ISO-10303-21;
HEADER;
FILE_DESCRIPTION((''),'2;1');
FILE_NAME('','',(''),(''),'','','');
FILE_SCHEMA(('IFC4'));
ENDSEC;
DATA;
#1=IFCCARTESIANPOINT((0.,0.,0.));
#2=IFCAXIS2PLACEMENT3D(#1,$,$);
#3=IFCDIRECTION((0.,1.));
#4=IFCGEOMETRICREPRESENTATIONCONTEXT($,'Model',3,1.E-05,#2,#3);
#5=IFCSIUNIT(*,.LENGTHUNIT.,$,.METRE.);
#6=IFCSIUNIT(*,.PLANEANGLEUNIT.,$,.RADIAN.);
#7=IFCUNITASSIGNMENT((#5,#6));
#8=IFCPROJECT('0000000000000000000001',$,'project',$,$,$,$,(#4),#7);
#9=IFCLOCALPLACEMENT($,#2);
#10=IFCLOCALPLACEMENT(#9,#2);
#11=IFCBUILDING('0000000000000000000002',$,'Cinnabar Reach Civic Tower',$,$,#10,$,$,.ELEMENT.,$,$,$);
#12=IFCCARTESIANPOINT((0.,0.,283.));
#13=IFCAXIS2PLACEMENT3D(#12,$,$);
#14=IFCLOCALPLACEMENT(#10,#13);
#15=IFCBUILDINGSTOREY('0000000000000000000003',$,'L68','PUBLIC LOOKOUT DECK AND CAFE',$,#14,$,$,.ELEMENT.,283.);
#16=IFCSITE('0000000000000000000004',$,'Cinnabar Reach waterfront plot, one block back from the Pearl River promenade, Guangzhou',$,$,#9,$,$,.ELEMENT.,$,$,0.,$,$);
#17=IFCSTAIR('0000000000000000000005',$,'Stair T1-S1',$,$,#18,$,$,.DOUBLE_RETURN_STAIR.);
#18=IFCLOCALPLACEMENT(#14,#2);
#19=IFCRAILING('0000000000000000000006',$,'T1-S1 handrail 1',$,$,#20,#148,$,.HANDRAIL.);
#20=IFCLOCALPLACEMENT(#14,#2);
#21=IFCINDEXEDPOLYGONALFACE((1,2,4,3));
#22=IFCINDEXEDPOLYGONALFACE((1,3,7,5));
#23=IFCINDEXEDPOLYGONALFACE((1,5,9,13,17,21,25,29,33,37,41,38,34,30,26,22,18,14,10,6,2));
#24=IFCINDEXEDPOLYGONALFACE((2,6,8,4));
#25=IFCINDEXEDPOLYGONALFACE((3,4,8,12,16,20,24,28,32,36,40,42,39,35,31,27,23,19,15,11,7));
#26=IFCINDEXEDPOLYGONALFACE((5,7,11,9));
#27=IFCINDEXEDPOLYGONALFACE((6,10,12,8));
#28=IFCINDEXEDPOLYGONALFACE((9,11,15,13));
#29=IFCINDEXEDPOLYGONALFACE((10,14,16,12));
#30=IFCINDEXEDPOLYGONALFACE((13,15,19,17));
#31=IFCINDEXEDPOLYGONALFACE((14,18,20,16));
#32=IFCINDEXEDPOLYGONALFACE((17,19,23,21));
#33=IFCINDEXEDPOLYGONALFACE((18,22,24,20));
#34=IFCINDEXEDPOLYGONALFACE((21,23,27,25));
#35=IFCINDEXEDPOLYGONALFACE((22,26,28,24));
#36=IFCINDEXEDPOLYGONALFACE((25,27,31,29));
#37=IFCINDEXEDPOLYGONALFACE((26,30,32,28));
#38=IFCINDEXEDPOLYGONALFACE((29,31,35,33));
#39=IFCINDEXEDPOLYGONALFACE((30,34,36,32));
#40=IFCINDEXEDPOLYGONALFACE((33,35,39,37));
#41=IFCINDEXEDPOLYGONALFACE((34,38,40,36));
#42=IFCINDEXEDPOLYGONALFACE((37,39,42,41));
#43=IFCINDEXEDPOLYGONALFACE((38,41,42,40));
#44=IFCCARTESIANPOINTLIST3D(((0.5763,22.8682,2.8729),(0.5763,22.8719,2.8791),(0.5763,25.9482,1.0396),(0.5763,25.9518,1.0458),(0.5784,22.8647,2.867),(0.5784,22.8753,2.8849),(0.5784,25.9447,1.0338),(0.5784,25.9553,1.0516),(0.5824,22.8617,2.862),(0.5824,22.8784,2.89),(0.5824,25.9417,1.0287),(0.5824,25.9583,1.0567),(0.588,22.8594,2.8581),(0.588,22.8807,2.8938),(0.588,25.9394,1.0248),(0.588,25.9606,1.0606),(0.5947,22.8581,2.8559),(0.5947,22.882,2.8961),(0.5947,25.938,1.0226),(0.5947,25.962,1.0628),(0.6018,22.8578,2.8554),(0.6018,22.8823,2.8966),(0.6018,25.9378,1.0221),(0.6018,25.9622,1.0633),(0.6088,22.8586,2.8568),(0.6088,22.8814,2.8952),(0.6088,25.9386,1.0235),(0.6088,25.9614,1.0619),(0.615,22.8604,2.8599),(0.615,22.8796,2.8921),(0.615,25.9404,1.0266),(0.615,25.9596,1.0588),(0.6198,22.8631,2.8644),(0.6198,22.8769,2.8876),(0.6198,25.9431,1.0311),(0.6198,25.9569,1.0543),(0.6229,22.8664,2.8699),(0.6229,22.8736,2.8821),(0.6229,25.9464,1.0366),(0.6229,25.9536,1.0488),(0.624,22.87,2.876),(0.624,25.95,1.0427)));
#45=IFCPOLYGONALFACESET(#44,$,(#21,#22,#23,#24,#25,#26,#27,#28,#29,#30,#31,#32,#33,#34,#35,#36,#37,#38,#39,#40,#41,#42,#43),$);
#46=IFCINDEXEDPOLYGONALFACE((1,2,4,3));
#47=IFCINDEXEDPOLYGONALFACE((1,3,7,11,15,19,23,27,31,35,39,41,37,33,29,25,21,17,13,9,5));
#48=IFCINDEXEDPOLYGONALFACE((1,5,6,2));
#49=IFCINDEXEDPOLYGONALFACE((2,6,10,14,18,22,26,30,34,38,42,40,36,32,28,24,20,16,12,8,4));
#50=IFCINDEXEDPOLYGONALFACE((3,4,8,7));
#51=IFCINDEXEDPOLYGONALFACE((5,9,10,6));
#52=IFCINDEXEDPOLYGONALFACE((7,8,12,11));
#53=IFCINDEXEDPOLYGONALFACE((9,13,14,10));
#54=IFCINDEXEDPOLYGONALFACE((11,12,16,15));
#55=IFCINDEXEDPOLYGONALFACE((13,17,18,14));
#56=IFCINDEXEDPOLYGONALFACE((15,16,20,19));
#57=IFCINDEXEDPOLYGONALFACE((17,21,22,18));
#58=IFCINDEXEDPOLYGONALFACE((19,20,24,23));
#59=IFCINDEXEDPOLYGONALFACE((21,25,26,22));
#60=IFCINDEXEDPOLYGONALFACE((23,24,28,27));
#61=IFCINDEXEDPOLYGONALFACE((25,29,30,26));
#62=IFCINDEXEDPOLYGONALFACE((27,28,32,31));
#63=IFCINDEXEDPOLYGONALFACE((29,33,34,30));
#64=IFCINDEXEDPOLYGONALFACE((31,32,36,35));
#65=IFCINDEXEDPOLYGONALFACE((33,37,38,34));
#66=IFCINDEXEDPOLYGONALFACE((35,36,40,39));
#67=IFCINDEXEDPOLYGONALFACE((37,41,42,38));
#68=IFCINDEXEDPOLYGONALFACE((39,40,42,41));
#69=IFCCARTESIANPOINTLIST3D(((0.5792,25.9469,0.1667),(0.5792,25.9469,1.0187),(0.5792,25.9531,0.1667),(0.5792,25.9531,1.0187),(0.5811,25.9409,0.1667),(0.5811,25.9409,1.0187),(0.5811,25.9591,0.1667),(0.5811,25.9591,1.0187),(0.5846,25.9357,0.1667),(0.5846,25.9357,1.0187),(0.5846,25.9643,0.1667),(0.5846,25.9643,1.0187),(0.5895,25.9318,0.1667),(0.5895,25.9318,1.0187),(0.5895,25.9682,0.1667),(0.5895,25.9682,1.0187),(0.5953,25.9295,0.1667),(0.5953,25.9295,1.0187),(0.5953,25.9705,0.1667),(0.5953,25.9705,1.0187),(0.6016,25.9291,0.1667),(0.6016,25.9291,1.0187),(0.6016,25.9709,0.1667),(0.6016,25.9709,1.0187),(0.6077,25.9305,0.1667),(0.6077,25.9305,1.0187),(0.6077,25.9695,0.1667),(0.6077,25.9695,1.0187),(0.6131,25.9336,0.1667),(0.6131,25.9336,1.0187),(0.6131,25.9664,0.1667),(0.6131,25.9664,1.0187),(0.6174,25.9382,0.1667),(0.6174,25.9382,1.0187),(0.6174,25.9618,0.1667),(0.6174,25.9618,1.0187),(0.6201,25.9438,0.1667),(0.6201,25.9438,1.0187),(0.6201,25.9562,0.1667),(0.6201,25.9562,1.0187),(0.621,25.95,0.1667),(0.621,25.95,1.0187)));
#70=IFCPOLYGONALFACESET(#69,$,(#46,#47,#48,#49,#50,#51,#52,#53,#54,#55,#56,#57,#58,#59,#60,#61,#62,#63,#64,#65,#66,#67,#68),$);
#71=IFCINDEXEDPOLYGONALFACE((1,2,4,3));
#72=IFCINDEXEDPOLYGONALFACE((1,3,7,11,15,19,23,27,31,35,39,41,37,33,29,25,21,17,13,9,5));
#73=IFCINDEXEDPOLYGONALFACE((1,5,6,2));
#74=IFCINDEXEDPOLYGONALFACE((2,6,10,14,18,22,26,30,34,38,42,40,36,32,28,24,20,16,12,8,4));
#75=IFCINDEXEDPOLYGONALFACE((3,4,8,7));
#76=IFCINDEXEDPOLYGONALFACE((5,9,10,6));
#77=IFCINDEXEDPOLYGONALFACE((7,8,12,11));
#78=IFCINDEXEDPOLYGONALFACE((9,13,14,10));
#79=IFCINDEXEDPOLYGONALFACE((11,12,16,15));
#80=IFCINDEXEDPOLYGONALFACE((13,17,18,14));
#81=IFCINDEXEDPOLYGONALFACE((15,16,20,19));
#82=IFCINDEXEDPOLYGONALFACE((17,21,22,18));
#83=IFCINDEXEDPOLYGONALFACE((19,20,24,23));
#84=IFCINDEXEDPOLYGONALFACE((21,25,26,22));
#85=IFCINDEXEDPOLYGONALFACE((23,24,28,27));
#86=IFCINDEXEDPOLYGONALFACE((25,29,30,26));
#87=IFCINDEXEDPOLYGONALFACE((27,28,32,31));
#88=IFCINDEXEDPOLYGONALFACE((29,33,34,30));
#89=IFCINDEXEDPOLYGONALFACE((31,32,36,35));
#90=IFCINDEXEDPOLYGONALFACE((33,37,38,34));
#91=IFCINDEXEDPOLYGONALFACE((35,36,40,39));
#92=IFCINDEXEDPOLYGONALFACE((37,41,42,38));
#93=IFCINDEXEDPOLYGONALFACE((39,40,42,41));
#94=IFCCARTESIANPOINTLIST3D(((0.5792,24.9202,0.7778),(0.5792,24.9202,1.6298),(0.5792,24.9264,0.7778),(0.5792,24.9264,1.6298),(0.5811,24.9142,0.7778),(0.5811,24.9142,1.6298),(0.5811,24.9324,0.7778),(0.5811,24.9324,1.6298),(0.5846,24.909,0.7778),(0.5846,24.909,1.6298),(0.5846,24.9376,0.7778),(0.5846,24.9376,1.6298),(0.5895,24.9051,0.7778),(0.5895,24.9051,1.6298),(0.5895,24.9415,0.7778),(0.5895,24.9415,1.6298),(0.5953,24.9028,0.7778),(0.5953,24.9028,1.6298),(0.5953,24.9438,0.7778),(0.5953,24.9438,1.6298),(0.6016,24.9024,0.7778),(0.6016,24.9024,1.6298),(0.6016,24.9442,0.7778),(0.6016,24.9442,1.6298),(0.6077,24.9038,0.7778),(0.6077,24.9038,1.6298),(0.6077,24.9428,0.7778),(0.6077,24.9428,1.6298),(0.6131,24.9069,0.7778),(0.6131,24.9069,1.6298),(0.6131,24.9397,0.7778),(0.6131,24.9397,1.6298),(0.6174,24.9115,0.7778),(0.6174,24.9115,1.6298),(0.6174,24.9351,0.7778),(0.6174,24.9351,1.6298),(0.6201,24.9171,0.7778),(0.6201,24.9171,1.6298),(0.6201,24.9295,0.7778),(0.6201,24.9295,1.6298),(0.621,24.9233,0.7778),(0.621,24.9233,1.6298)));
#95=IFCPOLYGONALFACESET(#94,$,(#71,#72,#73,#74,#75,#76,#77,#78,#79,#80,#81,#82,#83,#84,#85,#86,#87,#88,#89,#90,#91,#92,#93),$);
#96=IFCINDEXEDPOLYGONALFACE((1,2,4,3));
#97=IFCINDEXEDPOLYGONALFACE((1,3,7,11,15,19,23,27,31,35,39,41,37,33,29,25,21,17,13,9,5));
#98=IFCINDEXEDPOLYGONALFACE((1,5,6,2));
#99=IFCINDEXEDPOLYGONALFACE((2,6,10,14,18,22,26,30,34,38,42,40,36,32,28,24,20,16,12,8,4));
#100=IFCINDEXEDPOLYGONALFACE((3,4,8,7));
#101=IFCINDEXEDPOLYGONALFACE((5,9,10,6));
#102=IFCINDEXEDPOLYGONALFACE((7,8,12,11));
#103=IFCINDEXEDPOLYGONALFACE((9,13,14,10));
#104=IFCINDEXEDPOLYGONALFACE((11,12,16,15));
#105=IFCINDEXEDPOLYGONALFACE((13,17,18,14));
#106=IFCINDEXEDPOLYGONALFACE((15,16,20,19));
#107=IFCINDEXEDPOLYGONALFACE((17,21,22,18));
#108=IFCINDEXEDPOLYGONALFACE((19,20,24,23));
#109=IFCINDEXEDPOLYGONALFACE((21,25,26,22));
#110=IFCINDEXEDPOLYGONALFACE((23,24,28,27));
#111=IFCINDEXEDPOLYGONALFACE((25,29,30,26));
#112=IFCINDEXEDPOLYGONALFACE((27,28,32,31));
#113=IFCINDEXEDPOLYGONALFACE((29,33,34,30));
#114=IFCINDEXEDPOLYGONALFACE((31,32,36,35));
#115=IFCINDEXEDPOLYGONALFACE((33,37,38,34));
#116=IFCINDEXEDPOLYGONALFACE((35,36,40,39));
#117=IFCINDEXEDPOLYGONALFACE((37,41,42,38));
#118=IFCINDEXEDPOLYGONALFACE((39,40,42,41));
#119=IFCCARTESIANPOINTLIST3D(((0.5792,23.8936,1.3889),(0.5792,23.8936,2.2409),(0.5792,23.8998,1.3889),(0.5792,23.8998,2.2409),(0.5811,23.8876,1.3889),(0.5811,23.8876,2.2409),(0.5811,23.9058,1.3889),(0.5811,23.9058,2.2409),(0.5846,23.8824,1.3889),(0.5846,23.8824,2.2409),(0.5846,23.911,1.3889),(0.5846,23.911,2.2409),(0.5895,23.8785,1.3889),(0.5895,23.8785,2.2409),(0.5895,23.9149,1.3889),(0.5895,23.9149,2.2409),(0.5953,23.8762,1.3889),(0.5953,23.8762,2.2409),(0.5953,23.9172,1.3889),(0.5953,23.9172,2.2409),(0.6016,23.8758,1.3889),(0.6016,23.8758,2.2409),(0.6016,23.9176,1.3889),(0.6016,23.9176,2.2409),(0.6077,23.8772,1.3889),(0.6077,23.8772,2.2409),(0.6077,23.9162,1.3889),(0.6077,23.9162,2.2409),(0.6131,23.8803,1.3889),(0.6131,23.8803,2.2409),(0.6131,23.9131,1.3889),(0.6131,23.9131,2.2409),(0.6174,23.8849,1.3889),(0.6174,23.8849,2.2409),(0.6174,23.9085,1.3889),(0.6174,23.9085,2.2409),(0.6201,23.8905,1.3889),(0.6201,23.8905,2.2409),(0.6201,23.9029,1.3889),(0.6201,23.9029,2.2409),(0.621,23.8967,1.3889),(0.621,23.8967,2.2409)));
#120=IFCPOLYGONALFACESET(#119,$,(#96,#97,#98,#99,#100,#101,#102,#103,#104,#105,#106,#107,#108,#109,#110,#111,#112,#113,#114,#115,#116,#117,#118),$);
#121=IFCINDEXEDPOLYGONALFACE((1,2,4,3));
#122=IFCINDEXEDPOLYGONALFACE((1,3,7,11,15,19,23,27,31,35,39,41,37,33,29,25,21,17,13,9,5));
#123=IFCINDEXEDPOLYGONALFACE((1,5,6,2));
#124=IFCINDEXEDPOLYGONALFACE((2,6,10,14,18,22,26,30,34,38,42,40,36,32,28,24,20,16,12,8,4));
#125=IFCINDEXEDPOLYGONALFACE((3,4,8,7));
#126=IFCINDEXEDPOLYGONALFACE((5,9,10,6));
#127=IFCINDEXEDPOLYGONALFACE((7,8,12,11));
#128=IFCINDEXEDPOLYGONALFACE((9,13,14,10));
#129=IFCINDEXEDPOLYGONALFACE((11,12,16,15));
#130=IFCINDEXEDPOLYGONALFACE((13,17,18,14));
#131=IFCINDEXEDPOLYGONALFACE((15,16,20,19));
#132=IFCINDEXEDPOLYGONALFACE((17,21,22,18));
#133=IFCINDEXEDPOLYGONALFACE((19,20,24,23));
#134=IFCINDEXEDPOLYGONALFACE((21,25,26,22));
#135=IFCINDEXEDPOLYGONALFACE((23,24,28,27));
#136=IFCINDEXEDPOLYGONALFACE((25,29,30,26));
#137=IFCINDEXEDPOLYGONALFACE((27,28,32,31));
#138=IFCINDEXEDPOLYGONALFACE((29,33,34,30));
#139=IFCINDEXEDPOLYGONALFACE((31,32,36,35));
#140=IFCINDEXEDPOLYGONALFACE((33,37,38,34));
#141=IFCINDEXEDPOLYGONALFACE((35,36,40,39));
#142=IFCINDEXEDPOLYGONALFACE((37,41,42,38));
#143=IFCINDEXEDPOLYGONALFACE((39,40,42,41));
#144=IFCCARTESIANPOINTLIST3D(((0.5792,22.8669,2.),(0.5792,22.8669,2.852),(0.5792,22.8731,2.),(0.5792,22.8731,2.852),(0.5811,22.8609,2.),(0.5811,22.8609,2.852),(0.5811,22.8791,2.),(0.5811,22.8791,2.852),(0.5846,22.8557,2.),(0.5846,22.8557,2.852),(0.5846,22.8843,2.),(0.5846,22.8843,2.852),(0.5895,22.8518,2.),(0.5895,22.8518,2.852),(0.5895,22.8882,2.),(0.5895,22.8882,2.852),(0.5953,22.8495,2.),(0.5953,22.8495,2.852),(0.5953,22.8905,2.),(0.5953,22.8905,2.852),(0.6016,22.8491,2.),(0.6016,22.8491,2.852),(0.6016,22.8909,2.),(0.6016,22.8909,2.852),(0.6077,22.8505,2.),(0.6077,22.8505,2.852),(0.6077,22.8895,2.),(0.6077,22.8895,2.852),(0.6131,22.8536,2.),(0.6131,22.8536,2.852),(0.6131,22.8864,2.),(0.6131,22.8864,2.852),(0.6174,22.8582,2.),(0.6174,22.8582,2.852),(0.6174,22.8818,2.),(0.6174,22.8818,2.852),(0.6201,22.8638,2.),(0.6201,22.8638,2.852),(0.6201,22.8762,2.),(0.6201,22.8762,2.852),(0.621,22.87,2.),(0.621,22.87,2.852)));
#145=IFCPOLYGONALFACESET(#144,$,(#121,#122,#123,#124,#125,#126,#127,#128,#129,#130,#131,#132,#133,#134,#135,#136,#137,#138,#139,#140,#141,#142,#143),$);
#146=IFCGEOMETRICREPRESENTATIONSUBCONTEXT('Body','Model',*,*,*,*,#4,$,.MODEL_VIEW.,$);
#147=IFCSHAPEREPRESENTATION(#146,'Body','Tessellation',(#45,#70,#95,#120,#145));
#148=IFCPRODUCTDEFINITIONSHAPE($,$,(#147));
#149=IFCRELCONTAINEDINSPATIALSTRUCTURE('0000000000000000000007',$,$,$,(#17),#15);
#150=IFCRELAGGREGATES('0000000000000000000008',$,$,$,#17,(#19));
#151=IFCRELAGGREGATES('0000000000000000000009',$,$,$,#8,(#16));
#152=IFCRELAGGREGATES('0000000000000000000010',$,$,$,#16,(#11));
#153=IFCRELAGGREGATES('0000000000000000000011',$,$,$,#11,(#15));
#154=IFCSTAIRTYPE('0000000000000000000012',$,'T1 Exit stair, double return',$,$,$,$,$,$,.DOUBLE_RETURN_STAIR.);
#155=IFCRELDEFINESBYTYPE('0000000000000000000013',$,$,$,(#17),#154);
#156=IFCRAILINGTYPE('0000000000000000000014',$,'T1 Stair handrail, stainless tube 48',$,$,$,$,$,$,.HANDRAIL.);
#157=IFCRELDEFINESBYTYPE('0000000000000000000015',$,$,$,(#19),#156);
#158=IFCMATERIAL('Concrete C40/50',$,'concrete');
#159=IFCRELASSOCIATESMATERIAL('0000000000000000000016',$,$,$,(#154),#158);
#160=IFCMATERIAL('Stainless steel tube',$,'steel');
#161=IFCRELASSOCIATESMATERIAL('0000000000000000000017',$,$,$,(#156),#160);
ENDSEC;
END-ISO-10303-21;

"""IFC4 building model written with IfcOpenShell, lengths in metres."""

from ifc_helpers import new_model, si_unit, direction, frame, origin, origin_2d, place, context, subcontext, project, spatial, circle, extrude, material, type_object, element, aggregate, save


model = new_model("IFC4")

# Units and contexts
model_context = context("Model", 3, precision=1e-05, world=origin(), true_north=direction((0.0, 1.0)))
body_context = subcontext(model_context, "Body", "Model", "MODEL_VIEW")
ifc_project = project(units=[si_unit("LENGTHUNIT", "METRE"), si_unit("PLANEANGLEUNIT", "RADIAN")], contexts=[model_context])

# Site, building, storey
site_placement = place(None, origin())
site = spatial("IfcSite", under=ifc_project, at=site_placement, Name="Cinnabar Reach waterfront plot, one block back from the Pearl River promenade, Guangzhou", CompositionType="ELEMENT", RefElevation=0.0)
building_placement = place(site_placement, origin())
building = spatial("IfcBuilding", under=site, at=building_placement, Name="Cinnabar Reach Civic Tower", CompositionType="ELEMENT")
storey_placement = place(building_placement, frame((0.0, 0.0, 283.0)))
storey = spatial("IfcBuildingStorey", under=building, at=storey_placement, Name="L68", Description="PUBLIC LOOKOUT DECK AND CAFE", CompositionType="ELEMENT", Elevation=283.0)

# Shared definitions
ifc_material_1 = material(Name="Concrete C40/50", Category="concrete")

# Stair, railing
stair_type = type_object("IfcStairType", Name="T1 Exit stair, double return", PredefinedType="DOUBLE_RETURN_STAIR", material=ifc_material_1)
stair_placement = place(storey_placement, origin())
stair = element("IfcStair", 1, at=stair_placement, inside=storey, type_object=stair_type, Name="Stair T1-S1", PredefinedType="DOUBLE_RETURN_STAIR")
ifc_material_2 = material(Name="Stainless steel tube", Category="steel")
railing_type = type_object("IfcRailingType", Name="T1 Stair handrail, stainless tube 48", PredefinedType="HANDRAIL", material=ifc_material_2)
railing_1_placement = place(storey_placement, frame((0.6, 25.95, 0.1667)))
railing_1 = element("IfcRailing", 2, at=railing_1_placement, type_object=railing_type, Name="T1-S1 handrail 1", PredefinedType="HANDRAIL", context=body_context, shape_type="SweptSolid", body=[
    extrude(circle(Radius=0.024, at=origin_2d()), frame((0.0, 0.0, 0.876), z_axis=(0.0, -0.859297, 0.511477), x_axis=(1.0, 0.0, 0.0)), (0.0, 0.0, 1.0), 3.5843),
    extrude(circle(Radius=0.021, at=origin_2d()), origin(), (0.0, 0.0, 1.0), 0.852),
    extrude(circle(Radius=0.021, at=origin_2d()), frame((0.0, -1.0267, 0.6111)), (0.0, 0.0, 1.0), 0.852),
    extrude(circle(Radius=0.021, at=origin_2d()), frame((0.0, -2.0533, 1.2222)), (0.0, 0.0, 1.0), 0.852),
    extrude(circle(Radius=0.021, at=origin_2d()), frame((0.0, -3.08, 1.8333)), (0.0, 0.0, 1.0), 0.852),
])
aggregate(stair, [railing_1])

save(model, "model.ifc")
